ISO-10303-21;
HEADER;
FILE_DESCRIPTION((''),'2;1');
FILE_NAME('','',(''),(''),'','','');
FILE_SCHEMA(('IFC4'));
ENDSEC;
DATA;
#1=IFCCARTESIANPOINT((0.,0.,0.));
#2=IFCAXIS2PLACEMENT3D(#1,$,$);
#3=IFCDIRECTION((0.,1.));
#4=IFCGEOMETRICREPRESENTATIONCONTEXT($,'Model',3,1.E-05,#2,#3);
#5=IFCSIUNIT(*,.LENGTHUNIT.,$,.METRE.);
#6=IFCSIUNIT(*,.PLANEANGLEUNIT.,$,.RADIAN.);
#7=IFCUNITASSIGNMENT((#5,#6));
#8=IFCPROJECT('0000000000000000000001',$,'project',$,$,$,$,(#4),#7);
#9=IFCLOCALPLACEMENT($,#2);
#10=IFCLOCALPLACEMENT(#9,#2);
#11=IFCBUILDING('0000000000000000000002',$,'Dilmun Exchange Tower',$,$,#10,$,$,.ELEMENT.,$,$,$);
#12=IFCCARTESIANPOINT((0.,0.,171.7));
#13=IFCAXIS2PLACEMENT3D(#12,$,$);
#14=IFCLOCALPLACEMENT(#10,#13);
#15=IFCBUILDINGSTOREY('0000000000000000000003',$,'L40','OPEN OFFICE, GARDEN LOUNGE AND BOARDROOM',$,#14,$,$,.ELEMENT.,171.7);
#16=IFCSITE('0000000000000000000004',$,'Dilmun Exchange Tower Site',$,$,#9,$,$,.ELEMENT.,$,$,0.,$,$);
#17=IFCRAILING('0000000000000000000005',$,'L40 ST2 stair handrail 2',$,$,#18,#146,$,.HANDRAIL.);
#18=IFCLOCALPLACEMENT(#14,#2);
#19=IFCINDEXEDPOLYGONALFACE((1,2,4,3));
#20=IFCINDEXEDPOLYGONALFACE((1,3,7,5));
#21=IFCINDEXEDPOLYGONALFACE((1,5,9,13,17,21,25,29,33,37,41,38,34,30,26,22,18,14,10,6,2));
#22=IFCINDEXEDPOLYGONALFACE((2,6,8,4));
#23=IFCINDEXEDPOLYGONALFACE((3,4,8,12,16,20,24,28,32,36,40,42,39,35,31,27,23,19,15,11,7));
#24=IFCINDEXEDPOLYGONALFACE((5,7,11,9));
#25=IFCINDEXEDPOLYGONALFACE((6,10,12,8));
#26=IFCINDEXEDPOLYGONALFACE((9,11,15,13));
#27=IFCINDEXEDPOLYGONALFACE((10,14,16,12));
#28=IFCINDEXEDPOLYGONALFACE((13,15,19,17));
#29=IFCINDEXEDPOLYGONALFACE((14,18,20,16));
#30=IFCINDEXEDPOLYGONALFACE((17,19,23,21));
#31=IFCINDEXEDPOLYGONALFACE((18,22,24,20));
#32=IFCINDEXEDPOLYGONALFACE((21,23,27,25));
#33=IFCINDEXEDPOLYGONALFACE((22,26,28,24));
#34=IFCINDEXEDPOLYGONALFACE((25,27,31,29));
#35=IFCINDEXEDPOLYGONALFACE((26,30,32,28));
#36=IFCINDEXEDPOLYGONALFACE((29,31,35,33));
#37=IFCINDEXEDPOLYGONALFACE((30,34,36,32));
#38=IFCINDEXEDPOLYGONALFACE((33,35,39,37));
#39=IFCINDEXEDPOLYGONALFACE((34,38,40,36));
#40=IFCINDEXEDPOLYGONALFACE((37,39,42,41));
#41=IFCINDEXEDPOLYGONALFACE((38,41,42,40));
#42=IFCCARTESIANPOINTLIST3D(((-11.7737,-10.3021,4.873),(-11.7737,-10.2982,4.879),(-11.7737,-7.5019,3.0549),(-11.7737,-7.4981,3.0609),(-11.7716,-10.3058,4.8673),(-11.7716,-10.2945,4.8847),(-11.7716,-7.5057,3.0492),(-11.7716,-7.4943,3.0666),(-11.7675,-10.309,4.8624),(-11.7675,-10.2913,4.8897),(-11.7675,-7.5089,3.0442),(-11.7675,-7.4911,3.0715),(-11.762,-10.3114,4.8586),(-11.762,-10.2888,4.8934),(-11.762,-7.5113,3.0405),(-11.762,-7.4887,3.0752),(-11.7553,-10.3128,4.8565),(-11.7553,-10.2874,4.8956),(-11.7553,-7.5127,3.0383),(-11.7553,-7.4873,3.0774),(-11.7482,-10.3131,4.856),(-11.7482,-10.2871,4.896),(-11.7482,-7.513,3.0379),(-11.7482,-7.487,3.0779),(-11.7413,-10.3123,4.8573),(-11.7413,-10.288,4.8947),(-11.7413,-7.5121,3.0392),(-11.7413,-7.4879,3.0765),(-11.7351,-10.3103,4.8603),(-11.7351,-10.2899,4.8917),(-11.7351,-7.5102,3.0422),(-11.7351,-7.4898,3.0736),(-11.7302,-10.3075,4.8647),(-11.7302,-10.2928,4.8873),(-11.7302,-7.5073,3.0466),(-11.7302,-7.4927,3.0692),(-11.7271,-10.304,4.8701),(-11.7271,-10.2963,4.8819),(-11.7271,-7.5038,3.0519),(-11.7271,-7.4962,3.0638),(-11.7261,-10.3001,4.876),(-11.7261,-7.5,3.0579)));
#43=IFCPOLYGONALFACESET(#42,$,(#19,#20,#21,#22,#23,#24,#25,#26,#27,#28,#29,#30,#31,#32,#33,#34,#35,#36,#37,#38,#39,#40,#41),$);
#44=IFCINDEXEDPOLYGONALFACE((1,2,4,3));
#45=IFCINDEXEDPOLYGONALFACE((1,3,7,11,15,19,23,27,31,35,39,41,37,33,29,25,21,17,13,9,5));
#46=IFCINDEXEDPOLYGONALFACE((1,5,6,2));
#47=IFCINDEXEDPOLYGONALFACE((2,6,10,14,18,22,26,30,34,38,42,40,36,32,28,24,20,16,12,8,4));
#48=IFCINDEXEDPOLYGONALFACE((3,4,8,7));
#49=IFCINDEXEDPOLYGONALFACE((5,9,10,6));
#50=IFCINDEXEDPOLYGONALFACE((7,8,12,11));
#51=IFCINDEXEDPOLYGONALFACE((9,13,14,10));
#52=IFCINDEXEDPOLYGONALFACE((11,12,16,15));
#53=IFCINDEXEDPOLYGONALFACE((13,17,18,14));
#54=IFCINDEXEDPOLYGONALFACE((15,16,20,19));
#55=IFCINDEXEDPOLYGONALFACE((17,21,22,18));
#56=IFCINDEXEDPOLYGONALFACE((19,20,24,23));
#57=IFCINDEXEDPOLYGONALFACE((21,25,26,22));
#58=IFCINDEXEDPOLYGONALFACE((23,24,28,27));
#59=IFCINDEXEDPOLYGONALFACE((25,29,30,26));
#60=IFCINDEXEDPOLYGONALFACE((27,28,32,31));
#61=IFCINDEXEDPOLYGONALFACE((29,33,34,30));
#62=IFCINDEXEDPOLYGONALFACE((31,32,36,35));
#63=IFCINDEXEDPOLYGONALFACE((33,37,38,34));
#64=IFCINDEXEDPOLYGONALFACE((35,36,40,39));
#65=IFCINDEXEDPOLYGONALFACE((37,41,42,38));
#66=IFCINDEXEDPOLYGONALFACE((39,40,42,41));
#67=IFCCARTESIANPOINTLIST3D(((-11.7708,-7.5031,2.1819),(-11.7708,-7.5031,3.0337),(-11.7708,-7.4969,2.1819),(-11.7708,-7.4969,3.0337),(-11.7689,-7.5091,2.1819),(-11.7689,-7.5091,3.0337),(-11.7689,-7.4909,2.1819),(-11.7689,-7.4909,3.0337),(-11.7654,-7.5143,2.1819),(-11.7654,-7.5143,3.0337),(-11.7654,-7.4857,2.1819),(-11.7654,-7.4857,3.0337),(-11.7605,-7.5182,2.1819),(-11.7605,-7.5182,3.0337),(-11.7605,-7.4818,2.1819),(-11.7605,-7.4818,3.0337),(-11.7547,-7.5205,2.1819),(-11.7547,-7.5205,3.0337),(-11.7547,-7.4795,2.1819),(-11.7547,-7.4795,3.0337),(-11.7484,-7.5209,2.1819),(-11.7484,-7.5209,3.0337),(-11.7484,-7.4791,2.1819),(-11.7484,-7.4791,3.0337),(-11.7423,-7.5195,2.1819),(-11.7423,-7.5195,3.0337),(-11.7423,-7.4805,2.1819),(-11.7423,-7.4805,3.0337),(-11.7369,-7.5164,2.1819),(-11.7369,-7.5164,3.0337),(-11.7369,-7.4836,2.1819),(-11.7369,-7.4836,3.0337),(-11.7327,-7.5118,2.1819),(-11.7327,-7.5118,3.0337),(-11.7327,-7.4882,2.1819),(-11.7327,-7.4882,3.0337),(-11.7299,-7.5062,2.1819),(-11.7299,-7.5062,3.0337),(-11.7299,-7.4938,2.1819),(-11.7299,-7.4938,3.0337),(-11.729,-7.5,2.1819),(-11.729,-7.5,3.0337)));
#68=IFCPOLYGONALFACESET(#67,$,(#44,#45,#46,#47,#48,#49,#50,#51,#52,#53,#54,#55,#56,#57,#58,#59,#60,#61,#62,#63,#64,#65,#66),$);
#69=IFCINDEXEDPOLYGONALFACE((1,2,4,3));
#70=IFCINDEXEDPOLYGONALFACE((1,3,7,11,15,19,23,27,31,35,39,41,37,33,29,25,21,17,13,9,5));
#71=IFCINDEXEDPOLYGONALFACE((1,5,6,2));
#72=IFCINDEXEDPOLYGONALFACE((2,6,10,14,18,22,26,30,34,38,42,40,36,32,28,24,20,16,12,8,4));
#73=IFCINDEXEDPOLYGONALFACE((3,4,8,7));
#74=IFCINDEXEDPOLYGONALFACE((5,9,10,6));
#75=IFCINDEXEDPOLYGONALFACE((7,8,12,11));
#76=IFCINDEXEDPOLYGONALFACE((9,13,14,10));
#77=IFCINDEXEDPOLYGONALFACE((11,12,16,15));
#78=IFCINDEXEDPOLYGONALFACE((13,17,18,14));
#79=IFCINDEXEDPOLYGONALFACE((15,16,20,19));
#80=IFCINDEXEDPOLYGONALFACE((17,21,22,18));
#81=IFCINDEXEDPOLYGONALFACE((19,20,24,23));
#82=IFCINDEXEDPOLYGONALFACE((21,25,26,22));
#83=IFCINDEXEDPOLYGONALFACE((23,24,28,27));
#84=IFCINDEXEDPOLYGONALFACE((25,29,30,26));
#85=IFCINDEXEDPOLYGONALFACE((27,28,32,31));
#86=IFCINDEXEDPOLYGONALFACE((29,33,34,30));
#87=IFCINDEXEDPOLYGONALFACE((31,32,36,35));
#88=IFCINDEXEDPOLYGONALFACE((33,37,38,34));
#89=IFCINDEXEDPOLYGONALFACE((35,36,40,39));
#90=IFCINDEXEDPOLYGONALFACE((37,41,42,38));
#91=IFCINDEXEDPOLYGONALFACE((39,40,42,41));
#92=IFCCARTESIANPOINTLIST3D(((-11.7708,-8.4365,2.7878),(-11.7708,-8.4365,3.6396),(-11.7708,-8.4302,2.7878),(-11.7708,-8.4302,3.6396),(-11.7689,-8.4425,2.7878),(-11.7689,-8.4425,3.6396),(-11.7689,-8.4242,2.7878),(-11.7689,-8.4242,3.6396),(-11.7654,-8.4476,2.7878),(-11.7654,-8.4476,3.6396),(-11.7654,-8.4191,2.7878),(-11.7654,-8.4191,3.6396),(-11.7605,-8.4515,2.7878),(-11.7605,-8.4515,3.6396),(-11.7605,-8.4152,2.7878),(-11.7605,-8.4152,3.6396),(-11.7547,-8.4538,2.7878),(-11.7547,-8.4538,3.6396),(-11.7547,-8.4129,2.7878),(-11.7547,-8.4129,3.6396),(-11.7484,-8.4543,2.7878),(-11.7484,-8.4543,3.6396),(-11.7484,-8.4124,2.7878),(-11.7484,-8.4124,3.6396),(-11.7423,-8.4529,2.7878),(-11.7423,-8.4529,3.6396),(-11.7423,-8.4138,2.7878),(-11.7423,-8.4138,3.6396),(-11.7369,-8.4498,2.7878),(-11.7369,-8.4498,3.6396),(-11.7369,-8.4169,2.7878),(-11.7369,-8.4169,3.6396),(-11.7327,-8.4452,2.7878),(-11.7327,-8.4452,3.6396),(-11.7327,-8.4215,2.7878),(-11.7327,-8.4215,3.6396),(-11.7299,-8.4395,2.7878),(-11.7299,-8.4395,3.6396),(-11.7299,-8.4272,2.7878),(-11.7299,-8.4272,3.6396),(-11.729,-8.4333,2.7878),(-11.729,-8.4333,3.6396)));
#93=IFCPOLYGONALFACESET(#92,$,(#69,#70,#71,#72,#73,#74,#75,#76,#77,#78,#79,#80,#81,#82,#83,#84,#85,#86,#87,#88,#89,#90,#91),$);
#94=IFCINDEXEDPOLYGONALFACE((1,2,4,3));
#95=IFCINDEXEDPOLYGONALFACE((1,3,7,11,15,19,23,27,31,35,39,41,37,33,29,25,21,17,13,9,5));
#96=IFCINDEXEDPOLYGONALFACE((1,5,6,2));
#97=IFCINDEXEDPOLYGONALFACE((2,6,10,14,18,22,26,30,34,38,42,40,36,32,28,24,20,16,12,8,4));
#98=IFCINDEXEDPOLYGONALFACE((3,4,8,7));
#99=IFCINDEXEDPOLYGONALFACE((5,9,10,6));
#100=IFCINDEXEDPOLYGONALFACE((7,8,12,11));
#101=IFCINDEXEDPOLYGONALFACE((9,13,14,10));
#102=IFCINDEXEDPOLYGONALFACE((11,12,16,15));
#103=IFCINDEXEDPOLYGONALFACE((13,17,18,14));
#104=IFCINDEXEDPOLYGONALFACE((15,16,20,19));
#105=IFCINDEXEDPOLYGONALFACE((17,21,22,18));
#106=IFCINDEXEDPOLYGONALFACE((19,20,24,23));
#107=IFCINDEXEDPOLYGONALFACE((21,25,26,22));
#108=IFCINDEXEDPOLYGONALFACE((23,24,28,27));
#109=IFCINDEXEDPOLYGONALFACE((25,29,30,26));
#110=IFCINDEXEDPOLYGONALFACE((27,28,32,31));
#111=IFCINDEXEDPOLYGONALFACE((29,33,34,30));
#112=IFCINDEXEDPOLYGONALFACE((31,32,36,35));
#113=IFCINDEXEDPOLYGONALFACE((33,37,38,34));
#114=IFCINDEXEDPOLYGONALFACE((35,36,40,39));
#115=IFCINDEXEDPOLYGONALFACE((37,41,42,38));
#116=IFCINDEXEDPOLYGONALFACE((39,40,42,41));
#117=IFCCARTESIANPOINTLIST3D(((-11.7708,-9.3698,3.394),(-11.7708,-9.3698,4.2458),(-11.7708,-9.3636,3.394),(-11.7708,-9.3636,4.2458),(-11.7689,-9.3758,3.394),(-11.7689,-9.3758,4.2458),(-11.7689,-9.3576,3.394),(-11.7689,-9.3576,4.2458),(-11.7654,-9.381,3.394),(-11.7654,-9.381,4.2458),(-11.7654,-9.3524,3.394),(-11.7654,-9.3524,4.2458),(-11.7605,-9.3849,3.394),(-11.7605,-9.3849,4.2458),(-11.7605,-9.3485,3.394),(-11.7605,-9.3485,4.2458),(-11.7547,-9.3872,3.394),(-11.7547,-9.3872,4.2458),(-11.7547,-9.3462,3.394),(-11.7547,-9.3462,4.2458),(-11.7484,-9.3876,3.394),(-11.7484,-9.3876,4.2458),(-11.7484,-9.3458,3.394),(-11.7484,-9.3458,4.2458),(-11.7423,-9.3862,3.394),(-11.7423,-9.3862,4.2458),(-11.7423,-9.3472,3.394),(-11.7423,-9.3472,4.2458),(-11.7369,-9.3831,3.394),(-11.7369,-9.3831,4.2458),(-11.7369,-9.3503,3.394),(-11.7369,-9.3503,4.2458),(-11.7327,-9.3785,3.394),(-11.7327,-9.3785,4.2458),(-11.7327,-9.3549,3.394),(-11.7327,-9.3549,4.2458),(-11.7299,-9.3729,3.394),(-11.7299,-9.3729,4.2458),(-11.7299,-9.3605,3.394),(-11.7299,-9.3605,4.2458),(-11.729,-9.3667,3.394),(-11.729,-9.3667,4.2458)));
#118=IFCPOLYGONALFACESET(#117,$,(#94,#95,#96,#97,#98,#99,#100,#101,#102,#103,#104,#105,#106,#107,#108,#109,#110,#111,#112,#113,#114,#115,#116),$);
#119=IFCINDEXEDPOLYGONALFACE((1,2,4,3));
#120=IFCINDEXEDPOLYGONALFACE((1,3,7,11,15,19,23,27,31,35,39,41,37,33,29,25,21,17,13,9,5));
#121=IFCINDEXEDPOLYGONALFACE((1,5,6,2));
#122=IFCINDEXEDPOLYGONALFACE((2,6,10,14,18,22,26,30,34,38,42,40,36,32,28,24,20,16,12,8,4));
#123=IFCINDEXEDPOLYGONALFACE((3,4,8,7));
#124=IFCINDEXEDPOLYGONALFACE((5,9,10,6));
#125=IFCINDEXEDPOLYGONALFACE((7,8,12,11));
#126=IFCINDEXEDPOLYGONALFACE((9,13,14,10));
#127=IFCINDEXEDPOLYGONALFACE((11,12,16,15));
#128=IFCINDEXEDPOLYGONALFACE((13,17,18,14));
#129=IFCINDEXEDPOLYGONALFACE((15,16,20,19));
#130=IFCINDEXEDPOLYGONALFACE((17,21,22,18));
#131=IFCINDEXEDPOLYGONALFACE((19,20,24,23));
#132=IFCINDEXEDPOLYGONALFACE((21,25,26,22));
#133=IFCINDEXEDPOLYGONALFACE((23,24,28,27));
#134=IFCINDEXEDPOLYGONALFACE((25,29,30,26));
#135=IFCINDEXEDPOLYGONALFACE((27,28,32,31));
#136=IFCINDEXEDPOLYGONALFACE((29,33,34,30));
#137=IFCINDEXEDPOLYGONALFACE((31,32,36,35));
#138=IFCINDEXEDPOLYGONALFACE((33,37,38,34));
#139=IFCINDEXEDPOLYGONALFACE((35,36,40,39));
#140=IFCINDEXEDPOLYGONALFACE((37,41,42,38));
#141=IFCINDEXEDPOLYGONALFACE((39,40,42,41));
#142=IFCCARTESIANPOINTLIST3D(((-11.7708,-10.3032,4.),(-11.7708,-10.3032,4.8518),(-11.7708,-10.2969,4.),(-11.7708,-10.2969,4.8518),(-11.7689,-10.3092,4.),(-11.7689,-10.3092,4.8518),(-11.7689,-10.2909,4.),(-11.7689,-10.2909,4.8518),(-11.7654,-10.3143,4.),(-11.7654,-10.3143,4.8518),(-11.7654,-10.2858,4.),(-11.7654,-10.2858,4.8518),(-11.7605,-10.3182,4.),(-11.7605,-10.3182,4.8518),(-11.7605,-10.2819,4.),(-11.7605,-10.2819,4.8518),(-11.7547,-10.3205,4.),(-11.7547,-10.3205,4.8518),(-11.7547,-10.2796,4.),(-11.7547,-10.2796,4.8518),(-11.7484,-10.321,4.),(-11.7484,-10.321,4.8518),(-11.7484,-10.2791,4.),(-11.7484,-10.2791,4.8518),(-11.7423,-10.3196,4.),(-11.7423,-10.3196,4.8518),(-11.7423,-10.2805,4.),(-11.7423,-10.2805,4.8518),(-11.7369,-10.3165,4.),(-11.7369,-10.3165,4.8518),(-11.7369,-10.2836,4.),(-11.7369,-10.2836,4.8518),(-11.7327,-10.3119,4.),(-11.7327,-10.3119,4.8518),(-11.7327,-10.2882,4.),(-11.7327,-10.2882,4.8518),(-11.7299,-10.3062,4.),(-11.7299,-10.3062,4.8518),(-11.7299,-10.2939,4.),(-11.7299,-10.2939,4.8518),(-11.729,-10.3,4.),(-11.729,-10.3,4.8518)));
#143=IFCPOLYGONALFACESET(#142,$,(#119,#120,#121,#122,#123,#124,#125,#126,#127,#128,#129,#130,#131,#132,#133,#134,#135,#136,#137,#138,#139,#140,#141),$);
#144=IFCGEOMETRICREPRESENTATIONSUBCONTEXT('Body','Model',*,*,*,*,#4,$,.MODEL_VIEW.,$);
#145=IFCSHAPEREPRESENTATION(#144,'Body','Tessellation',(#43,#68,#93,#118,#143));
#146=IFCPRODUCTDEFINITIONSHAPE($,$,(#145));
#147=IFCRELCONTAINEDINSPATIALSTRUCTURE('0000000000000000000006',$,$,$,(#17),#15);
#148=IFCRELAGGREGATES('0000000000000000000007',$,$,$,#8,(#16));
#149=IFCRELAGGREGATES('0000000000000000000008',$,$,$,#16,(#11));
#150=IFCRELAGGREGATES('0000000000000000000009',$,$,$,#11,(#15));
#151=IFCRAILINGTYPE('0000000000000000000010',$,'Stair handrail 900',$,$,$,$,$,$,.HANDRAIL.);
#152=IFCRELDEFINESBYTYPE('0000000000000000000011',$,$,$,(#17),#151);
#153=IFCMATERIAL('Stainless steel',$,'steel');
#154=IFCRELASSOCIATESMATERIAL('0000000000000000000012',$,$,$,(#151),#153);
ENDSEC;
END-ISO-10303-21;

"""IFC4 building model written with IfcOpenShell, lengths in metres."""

from ifc_helpers import new_model, si_unit, direction, frame, origin, origin_2d, place, context, subcontext, project, spatial, circle, extrude, material, type_object, element, save


model = new_model("IFC4")

# Units and contexts
model_context = context("Model", 3, precision=1e-05, world=origin(), true_north=direction((0.0, 1.0)))
body_context = subcontext(model_context, "Body", "Model", "MODEL_VIEW")
ifc_project = project(units=[si_unit("LENGTHUNIT", "METRE"), si_unit("PLANEANGLEUNIT", "RADIAN")], contexts=[model_context])

# Site, building, storey
site_placement = place(None, origin())
site = spatial("IfcSite", under=ifc_project, at=site_placement, Name="Dilmun Exchange Tower Site", CompositionType="ELEMENT", RefElevation=0.0)
building_placement = place(site_placement, origin())
building = spatial("IfcBuilding", under=site, at=building_placement, Name="Dilmun Exchange Tower", CompositionType="ELEMENT")
storey_placement = place(building_placement, frame((0.0, 0.0, 171.7)))
storey = spatial("IfcBuildingStorey", under=building, at=storey_placement, Name="L40", Description="OPEN OFFICE, GARDEN LOUNGE AND BOARDROOM", CompositionType="ELEMENT", Elevation=171.7)

# Railing
ifc_material_1 = material(Name="Stainless steel", Category="steel")
railing_type = type_object("IfcRailingType", Name="Stair handrail 900", PredefinedType="HANDRAIL", material=ifc_material_1)
railing_placement = place(storey_placement, frame((-11.75, -7.5, 2.1819)))
element("IfcRailing", 1, at=railing_placement, inside=storey, type_object=railing_type, Name="L40 ST2 stair handrail 2", PredefinedType="HANDRAIL", context=body_context, shape_type="SweptSolid", body=[
    extrude(circle(Radius=0.0239, at=origin_2d()), frame((0.0, 0.0, 0.876), z_axis=(0.0, -0.838706, 0.544585), x_axis=(1.0, 0.0, 0.0)), (0.0, 0.0, 1.0), 3.3386),
    extrude(circle(Radius=0.021, at=origin_2d()), origin(), (0.0, 0.0, 1.0), 0.8518),
    extrude(circle(Radius=0.021, at=origin_2d()), frame((0.0, -0.9333, 0.606)), (0.0, 0.0, 1.0), 0.8518),
    extrude(circle(Radius=0.021, at=origin_2d()), frame((0.0, -1.8667, 1.2122)), (0.0, 0.0, 1.0), 0.8518),
    extrude(circle(Radius=0.021, at=origin_2d()), frame((0.0, -2.8, 1.8181)), (0.0, 0.0, 1.0), 0.8518),
])

save(model, "model.ifc")
